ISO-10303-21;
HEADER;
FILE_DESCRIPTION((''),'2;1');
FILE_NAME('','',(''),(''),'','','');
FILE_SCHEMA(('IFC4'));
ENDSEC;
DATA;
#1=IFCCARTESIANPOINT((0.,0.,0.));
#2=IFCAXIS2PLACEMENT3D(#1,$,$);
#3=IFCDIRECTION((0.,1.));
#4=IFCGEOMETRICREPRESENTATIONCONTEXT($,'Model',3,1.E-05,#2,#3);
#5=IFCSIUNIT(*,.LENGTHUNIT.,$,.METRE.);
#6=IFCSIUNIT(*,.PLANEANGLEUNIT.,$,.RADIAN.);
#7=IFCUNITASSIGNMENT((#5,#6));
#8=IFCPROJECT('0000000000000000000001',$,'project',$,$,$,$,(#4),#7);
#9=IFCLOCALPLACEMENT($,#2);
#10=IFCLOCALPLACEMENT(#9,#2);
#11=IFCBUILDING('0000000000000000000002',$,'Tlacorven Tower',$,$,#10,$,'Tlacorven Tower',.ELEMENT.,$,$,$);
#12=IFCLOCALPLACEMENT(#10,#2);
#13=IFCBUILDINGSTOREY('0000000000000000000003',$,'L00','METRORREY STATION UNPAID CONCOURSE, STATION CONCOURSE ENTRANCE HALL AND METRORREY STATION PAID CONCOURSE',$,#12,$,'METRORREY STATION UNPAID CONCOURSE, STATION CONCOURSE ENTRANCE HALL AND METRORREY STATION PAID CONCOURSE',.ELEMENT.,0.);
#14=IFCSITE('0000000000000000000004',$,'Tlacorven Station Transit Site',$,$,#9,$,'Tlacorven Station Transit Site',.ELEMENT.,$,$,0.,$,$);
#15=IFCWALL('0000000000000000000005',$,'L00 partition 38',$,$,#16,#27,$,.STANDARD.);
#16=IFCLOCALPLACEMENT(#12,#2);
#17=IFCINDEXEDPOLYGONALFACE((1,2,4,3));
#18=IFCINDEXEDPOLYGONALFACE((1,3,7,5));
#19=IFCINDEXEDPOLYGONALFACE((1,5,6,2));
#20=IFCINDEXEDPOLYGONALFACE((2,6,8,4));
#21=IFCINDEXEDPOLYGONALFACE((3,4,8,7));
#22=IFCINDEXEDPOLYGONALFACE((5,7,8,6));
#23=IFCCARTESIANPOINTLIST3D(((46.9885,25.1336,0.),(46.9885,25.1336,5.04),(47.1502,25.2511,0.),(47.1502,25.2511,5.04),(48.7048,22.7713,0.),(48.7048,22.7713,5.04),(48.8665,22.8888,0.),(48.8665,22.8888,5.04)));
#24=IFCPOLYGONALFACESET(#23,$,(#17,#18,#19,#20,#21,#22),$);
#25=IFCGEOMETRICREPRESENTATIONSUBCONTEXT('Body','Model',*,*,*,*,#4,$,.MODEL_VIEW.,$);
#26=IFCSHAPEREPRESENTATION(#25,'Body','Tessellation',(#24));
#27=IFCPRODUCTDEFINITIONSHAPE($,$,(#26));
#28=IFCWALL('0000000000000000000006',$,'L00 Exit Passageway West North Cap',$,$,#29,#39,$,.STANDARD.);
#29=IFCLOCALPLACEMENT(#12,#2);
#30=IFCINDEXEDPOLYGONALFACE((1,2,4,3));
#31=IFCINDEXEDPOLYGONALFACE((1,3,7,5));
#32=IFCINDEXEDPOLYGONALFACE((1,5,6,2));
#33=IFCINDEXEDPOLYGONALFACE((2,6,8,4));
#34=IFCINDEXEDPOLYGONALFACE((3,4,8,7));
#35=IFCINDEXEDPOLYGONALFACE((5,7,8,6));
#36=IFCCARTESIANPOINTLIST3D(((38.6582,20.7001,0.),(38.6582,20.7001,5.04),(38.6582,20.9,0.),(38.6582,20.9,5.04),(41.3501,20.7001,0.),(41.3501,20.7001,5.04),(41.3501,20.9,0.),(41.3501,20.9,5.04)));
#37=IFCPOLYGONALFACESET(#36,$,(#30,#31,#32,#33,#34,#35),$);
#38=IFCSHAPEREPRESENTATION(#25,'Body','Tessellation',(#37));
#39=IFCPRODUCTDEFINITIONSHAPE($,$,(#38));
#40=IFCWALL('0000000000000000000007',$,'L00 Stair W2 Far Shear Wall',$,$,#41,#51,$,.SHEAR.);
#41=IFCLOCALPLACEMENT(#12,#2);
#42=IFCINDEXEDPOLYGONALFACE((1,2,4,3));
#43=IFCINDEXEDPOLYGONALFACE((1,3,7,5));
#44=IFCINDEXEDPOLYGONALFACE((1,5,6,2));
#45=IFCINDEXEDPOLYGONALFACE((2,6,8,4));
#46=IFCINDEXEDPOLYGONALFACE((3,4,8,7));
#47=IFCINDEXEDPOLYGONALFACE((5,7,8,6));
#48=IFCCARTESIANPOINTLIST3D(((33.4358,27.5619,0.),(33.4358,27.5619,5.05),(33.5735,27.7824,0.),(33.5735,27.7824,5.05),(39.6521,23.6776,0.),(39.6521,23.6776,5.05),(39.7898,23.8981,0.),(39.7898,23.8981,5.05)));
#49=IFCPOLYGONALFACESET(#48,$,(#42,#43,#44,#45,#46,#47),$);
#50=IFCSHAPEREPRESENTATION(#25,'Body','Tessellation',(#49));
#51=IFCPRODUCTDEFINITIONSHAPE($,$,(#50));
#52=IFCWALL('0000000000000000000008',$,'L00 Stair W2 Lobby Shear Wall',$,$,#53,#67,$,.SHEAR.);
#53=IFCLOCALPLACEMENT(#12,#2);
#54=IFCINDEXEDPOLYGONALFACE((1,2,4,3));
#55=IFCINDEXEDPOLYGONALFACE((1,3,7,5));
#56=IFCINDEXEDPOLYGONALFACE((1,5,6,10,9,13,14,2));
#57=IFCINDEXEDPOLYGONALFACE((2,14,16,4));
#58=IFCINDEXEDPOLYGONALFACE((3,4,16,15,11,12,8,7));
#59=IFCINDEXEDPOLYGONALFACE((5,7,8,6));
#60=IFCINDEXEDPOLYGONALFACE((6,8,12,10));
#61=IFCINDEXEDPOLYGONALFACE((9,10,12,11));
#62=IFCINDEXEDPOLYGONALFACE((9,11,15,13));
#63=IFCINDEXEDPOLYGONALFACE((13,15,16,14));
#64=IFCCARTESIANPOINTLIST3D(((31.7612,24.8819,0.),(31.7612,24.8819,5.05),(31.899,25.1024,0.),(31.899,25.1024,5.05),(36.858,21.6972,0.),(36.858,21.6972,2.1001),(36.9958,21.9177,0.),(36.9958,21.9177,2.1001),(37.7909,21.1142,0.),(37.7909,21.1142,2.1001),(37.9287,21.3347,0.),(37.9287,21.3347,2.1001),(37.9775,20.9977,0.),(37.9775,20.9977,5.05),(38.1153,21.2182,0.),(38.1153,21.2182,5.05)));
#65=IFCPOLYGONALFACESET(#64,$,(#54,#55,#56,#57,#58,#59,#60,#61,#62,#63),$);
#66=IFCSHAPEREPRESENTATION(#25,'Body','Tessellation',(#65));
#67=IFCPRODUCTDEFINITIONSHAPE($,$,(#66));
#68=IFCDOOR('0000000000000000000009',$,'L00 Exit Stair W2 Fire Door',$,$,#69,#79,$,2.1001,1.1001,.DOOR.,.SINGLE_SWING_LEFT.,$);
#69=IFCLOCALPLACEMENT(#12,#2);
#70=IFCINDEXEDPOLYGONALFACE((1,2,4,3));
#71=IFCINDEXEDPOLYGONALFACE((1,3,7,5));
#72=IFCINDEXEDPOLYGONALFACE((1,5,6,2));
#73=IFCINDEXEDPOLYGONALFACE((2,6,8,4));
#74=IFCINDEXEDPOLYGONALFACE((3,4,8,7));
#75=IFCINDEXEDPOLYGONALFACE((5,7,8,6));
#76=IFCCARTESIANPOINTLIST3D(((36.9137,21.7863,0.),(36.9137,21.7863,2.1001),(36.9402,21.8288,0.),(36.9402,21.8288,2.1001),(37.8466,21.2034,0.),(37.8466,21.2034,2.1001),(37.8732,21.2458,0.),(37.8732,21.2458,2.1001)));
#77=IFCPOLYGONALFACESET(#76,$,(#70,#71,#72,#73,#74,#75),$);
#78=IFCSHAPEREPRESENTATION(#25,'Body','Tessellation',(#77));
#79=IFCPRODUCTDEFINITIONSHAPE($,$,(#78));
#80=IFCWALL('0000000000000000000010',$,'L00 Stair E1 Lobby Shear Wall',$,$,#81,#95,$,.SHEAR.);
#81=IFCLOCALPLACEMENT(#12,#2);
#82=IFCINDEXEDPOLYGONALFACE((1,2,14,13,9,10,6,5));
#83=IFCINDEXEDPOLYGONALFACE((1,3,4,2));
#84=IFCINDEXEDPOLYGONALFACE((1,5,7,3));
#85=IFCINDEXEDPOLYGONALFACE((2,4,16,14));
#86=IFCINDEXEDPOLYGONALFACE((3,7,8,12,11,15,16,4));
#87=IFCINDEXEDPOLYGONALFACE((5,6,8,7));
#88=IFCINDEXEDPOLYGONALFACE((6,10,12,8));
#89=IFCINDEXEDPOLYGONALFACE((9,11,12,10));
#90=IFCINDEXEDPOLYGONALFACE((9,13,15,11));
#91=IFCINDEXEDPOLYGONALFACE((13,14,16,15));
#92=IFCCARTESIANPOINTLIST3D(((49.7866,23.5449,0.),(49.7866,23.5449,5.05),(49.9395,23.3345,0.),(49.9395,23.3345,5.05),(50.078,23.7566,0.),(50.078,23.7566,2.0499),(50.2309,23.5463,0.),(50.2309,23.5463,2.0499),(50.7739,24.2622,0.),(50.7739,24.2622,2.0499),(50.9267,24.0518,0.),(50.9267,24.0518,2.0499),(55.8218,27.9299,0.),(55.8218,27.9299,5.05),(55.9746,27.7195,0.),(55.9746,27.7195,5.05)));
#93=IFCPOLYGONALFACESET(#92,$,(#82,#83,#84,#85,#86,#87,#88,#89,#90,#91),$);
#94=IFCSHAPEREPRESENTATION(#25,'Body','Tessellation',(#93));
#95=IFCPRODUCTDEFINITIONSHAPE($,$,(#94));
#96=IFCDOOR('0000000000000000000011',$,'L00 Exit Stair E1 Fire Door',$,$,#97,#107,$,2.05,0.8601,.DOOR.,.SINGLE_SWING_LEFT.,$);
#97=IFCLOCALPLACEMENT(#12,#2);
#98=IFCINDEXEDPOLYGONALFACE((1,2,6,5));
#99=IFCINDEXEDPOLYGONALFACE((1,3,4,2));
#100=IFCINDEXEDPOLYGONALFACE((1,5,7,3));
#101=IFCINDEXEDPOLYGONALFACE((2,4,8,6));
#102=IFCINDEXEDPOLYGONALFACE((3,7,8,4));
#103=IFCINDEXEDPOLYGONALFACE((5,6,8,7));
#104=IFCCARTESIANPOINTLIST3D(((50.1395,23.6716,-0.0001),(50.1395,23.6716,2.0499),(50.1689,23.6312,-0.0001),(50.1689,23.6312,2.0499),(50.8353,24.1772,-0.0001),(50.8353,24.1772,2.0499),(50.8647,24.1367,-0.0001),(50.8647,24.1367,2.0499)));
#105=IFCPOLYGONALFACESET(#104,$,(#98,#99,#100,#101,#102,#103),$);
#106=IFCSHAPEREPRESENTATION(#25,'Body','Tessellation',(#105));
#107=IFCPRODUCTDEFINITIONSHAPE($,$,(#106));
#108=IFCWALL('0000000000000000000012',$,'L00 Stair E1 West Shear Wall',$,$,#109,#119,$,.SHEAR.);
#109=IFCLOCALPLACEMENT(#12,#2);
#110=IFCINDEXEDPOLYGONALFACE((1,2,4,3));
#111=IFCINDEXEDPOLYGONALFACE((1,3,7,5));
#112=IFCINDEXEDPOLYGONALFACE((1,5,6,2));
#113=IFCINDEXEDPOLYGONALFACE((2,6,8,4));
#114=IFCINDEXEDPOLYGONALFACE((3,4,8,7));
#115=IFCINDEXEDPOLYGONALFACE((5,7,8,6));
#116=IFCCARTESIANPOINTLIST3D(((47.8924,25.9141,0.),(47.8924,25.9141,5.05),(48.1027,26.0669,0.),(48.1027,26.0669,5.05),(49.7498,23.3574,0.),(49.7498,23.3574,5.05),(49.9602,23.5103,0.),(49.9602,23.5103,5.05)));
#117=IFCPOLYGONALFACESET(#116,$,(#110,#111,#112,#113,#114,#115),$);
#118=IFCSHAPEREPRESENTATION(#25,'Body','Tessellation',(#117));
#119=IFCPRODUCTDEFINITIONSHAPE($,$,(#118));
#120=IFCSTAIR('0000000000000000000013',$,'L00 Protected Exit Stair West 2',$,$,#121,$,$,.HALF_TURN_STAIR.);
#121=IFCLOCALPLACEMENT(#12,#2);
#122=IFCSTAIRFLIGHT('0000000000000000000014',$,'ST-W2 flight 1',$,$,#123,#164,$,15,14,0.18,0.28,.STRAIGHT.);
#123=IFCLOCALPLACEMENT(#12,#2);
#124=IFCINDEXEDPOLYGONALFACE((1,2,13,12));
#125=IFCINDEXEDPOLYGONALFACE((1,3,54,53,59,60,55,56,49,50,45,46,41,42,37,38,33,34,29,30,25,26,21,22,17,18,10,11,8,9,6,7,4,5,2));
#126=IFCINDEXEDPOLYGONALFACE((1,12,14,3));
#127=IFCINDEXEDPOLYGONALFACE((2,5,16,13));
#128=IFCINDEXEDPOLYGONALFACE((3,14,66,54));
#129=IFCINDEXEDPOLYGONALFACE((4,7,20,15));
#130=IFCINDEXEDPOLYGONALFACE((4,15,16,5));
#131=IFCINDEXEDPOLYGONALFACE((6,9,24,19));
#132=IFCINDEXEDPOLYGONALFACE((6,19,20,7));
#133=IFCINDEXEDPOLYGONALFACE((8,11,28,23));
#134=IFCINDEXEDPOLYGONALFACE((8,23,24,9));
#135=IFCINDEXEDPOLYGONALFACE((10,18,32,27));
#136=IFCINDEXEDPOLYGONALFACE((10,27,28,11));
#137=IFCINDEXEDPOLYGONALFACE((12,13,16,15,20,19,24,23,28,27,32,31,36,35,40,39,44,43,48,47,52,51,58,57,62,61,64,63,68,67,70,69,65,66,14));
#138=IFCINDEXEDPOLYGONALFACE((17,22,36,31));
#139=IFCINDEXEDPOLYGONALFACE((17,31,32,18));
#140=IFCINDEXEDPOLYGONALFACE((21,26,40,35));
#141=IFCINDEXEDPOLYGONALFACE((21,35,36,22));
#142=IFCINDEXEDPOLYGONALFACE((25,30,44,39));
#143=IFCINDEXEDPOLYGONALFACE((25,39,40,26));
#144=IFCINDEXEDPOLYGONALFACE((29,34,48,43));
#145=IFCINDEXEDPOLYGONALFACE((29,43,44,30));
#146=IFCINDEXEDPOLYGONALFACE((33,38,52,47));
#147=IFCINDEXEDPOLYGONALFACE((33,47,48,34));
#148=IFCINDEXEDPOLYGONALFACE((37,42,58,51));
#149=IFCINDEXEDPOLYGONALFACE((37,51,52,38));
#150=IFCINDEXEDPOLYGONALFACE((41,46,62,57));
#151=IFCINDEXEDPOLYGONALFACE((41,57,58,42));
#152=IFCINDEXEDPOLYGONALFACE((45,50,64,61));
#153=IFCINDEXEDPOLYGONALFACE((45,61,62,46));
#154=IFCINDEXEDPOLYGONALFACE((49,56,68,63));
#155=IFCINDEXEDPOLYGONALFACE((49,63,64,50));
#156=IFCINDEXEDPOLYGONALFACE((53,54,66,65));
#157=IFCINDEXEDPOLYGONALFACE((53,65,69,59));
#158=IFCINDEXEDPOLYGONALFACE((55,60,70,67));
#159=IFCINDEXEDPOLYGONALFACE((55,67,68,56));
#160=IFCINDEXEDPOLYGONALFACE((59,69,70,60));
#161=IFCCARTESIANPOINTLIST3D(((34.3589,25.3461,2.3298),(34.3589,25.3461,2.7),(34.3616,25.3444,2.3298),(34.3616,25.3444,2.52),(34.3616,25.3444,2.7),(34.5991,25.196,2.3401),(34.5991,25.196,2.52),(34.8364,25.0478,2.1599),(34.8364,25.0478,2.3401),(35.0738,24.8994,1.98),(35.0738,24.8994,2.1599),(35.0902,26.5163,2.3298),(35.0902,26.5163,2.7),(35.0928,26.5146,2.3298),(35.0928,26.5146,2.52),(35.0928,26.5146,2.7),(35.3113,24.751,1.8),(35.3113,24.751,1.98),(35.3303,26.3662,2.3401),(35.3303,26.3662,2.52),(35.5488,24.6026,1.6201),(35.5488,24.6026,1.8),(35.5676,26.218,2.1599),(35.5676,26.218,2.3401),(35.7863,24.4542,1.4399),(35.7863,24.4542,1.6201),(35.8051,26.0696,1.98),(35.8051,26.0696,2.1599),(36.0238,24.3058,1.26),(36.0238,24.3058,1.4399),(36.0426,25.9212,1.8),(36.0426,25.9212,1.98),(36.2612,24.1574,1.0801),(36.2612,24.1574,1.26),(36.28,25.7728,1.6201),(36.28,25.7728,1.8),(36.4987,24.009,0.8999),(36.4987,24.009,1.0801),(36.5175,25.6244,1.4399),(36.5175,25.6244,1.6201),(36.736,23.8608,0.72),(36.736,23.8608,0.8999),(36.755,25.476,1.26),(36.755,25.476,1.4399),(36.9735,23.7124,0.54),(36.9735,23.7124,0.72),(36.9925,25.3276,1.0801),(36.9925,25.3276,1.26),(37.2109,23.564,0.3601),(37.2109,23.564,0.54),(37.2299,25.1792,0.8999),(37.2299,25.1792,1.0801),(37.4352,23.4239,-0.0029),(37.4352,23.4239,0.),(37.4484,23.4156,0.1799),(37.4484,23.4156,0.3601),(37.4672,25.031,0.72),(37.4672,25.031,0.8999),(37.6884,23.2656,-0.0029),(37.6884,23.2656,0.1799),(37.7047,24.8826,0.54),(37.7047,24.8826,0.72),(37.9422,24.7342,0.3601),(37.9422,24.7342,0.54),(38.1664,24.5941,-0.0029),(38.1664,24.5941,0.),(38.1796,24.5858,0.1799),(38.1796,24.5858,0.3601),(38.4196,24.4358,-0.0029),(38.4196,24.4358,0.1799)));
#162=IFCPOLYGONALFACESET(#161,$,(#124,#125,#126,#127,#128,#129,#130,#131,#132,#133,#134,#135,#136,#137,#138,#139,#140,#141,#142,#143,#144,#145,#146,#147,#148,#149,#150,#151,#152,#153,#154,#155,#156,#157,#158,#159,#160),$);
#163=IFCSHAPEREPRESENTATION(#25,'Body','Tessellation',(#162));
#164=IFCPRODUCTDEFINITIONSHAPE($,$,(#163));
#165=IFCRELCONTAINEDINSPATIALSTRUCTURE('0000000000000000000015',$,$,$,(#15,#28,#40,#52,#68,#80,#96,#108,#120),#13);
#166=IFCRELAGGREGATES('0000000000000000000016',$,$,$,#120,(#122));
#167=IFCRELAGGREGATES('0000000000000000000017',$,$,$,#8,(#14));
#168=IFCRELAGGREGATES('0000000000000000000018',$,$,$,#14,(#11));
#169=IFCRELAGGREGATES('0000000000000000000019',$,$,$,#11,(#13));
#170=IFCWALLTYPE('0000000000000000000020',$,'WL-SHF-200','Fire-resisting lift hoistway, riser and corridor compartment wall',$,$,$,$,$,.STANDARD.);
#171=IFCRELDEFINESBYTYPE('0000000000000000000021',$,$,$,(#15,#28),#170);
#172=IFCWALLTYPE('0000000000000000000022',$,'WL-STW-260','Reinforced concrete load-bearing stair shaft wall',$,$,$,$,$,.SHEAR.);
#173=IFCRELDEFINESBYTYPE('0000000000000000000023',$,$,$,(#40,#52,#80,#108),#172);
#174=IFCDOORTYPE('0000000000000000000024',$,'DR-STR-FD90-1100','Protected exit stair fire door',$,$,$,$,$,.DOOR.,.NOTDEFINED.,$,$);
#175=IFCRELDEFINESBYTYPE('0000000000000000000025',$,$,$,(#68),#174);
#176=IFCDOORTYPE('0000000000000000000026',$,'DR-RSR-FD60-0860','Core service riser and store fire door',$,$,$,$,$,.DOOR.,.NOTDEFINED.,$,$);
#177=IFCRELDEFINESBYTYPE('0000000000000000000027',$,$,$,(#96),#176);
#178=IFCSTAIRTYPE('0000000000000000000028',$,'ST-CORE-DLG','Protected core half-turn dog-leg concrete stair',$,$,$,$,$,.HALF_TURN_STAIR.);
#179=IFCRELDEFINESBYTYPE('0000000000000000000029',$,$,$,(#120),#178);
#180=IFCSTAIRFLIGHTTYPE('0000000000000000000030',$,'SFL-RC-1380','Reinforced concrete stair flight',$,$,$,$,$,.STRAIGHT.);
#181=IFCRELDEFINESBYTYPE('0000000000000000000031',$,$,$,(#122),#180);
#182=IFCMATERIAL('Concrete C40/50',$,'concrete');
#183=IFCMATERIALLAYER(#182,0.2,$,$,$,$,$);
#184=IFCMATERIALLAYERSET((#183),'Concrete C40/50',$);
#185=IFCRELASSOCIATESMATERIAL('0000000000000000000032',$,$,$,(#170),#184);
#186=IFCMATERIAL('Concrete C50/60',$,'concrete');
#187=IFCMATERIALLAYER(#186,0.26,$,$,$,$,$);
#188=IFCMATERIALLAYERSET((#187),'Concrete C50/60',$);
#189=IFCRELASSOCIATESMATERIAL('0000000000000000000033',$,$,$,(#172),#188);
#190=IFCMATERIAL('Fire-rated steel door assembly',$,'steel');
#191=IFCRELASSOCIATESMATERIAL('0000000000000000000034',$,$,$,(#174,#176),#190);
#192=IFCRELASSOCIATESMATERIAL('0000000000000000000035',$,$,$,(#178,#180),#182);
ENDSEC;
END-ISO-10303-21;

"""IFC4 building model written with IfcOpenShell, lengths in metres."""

from ifc_helpers import new_model, si_unit, direction, frame, frame_2d, origin, place, context, subcontext, project, spatial, polyline, rectangle, outline, extrude, source, transform, mapped, material, layer, layer_set, type_object, element, fill, aggregate, save


model = new_model("IFC4")

# Units and contexts
model_context = context("Model", 3, precision=1e-05, world=origin(), true_north=direction((0.0, 1.0)))
body_context = subcontext(model_context, "Body", "Model", "MODEL_VIEW")
ifc_project = project(units=[si_unit("LENGTHUNIT", "METRE"), si_unit("PLANEANGLEUNIT", "RADIAN")], contexts=[model_context])

# Site, building, storey
site_placement = place(None, origin())
site = spatial("IfcSite", under=ifc_project, at=site_placement, Name="Tlacorven Station Transit Site", LongName="Tlacorven Station Transit Site", CompositionType="ELEMENT", RefElevation=0.0)
building_placement = place(site_placement, origin())
building = spatial("IfcBuilding", under=site, at=building_placement, Name="Tlacorven Tower", LongName="Tlacorven Tower", CompositionType="ELEMENT")
storey_placement = place(building_placement, origin())
storey = spatial("IfcBuildingStorey", under=building, at=storey_placement, Name="L00", Description="METRORREY STATION UNPAID CONCOURSE, STATION CONCOURSE ENTRANCE HALL AND METRORREY STATION PAID CONCOURSE", LongName="METRORREY STATION UNPAID CONCOURSE, STATION CONCOURSE ENTRANCE HALL AND METRORREY STATION PAID CONCOURSE", CompositionType="ELEMENT", Elevation=0.0)

# Shared definitions
ifc_material_1 = material(Name="Concrete C40/50", Category="concrete")
ifc_layer_1 = layer(ifc_material_1, 0.2)
ifc_layer_set_1 = layer_set([ifc_layer_1], Name="Concrete C40/50")
wall_type_1 = type_object("IfcWallType", Name="WL-SHF-200", Description="Fire-resisting lift hoistway, riser and corridor compartment wall", PredefinedType="STANDARD", material=ifc_layer_set_1)
ifc_material_2 = material(Name="Fire-rated steel door assembly", Category="steel")

# Walls
wall_1_placement = place(storey_placement, frame((48.7856, 22.8301, 0.0), z_axis=(0.0, 0.0, 1.0), x_axis=(-0.587784, 0.809018, 0.0)))
element("IfcWall", 1, at=wall_1_placement, inside=storey, type_object=wall_type_1, Name="L00 partition 38", PredefinedType="STANDARD", context=body_context, shape_type="SweptSolid", body=[
    extrude(rectangle(XDim=2.9199, YDim=0.2, at=frame_2d((1.46, 0.0))), origin(), (0.0, 0.0, 1.0), 5.04),
])
wall_2_placement = place(storey_placement, frame((38.6582, 20.8, 0.0), z_axis=(0.0, 0.0, 1.0), x_axis=(1.0, 0.0, 0.0)))
element("IfcWall", 2, at=wall_2_placement, inside=storey, type_object=wall_type_1, Name="L00 Exit Passageway West North Cap", PredefinedType="STANDARD", context=body_context, shape_type="SweptSolid", body=[
    extrude(rectangle(XDim=2.6919, YDim=0.2, at=frame_2d((1.3459, 0.0))), origin(), (0.0, 0.0, 1.0), 5.04),
])

# Wall
ifc_material_3 = material(Name="Concrete C50/60", Category="concrete")
ifc_layer_2 = layer(ifc_material_3, 0.26)
ifc_layer_set_2 = layer_set([ifc_layer_2], Name="Concrete C50/60")
wall_type_2 = type_object("IfcWallType", Name="WL-STW-260", Description="Reinforced concrete load-bearing stair shaft wall", PredefinedType="SHEAR", material=ifc_layer_set_2)
wall_3_placement = place(storey_placement, frame((39.7209, 23.7878, 0.0), z_axis=(0.0, 0.0, 1.0), x_axis=(-0.848054, 0.529909, 0.0)))
element("IfcWall", 3, at=wall_3_placement, inside=storey, type_object=wall_type_2, Name="L00 Stair W2 Far Shear Wall", PredefinedType="SHEAR", context=body_context, shape_type="SweptSolid", body=[
    extrude(rectangle(XDim=7.3301, YDim=0.26, at=frame_2d((3.665, 0.0))), origin(), (0.0, 0.0, 1.0), 5.05),
])

# Walls, openings, doors
wall_4_placement = place(storey_placement, frame((38.0464, 21.1079, 0.0), z_axis=(0.0, 0.0, 1.0), x_axis=(-0.848054, 0.529909, 0.0)))
wall_4 = element("IfcWall", 4, at=wall_4_placement, inside=storey, type_object=wall_type_2, Name="L00 Stair W2 Lobby Shear Wall", PredefinedType="SHEAR", context=body_context, shape_type="SweptSolid", body=[
    extrude(rectangle(XDim=7.3301, YDim=0.26, at=frame_2d((3.665, 0.0))), origin(), (0.0, 0.0, 1.0), 5.05),
])
opening_1_placement = place(wall_4_placement, frame((0.22, 0.0, 0.0)))
opening_1 = element("IfcOpeningElement", 5, at=opening_1_placement, cuts=wall_4, PredefinedType="OPENING", context=body_context, shape_type="SweptSolid", body=[
    extrude(rectangle(XDim=1.1001, YDim=2.1001, at=frame_2d((0.55, 1.05))), frame((0.0, 0.1401, 0.0), z_axis=(0.0, -1.0, 0.0), x_axis=(1.0, 0.0, 0.0)), (0.0, 0.0, 1.0), 0.28),
])
door_type_1 = type_object("IfcDoorType", Name="DR-STR-FD90-1100", Description="Protected exit stair fire door", OperationType="NOTDEFINED", PredefinedType="DOOR", material=ifc_material_2)
shared_shape_1 = source(origin(), body_context, "Body", "SweptSolid", [
    extrude(rectangle(XDim=1.1001, YDim=2.1001, at=frame_2d((0.55, 1.05))), frame((0.0, 0.0249, 0.0), z_axis=(0.0, -1.0, 0.0), x_axis=(1.0, 0.0, 0.0)), (0.0, 0.0, 1.0), 0.05),
])
door_1_placement = place(opening_1_placement, origin())
door_1 = element("IfcDoor", 6, at=door_1_placement, inside=storey, type_object=door_type_1, Name="L00 Exit Stair W2 Fire Door", OperationType="SINGLE_SWING_LEFT", OverallHeight=2.1001, OverallWidth=1.1001, PredefinedType="DOOR", context=body_context, shape_type="MappedRepresentation", body=[
    mapped(shared_shape_1, transform((0.0, 0.0, 0.0), scale=1.0)),
])
fill(opening_1, door_1)
wall_5_placement = place(storey_placement, frame((49.863, 23.4397, 0.0), z_axis=(0.0, 0.0, 1.0), x_axis=(0.809003, 0.587804, 0.0)))
wall_5 = element("IfcWall", 7, at=wall_5_placement, inside=storey, type_object=wall_type_2, Name="L00 Stair E1 Lobby Shear Wall", PredefinedType="SHEAR", context=body_context, shape_type="SweptSolid", body=[
    extrude(rectangle(XDim=7.46, YDim=0.26, at=frame_2d((3.73, 0.0))), origin(), (0.0, 0.0, 1.0), 5.05),
])
opening_2_placement = place(wall_5_placement, frame((0.3601, 0.0, 0.0)))
opening_2 = element("IfcOpeningElement", 8, at=opening_2_placement, cuts=wall_5, PredefinedType="OPENING", context=body_context, shape_type="SweptSolid", body=[
    extrude(rectangle(XDim=0.8601, YDim=2.05, at=frame_2d((0.4302, 1.0249))), frame((0.0, 0.1401, 0.0), z_axis=(0.0, -1.0, 0.0), x_axis=(1.0, 0.0, 0.0)), (0.0, 0.0, 1.0), 0.28),
])
door_type_2 = type_object("IfcDoorType", Name="DR-RSR-FD60-0860", Description="Core service riser and store fire door", OperationType="NOTDEFINED", PredefinedType="DOOR", material=ifc_material_2)
shared_shape_2 = source(origin(), body_context, "Body", "SweptSolid", [
    extrude(rectangle(XDim=0.8601, YDim=2.05, at=frame_2d((0.4302, 1.0249))), frame((0.0, 0.0249, 0.0), z_axis=(0.0, -1.0, 0.0), x_axis=(1.0, 0.0, 0.0)), (0.0, 0.0, 1.0), 0.05),
])
door_2_placement = place(opening_2_placement, frame((0.8601, 0.0, 0.0), z_axis=(0.0, 0.0, 1.0), x_axis=(-1.0, 0.0, 0.0)))
door_2 = element("IfcDoor", 9, at=door_2_placement, inside=storey, type_object=door_type_2, Name="L00 Exit Stair E1 Fire Door", OperationType="SINGLE_SWING_LEFT", OverallHeight=2.05, OverallWidth=0.8601, PredefinedType="DOOR", context=body_context, shape_type="MappedRepresentation", body=[
    mapped(shared_shape_2, transform((0.0, 0.0, 0.0), scale=1.0)),
])
fill(opening_2, door_2)

# Wall
wall_6_placement = place(storey_placement, frame((49.855, 23.4338, 0.0), z_axis=(0.0, 0.0, 1.0), x_axis=(-0.587767, 0.80903, 0.0)))
element("IfcWall", 10, at=wall_6_placement, inside=storey, type_object=wall_type_2, Name="L00 Stair E1 West Shear Wall", PredefinedType="SHEAR", context=body_context, shape_type="SweptSolid", body=[
    extrude(rectangle(XDim=3.1602, YDim=0.26, at=frame_2d((1.5801, 0.0))), origin(), (0.0, 0.0, 1.0), 5.05),
])

# Stair, stair flight
stair_type = type_object("IfcStairType", Name="ST-CORE-DLG", Description="Protected core half-turn dog-leg concrete stair", PredefinedType="HALF_TURN_STAIR", material=ifc_material_1)
stair_placement = place(storey_placement, origin())
stair = element("IfcStair", 11, at=stair_placement, inside=storey, type_object=stair_type, Name="L00 Protected Exit Stair West 2", PredefinedType="HALF_TURN_STAIR")
stair_flight_type = type_object("IfcStairFlightType", Name="SFL-RC-1380", Description="Reinforced concrete stair flight", PredefinedType="STRAIGHT", material=ifc_material_1)
shared_shape_3 = source(origin(), body_context, "Body", "SweptSolid", [
    extrude(outline(polyline([(-0.0029, -0.0029), (-0.0029, 0.1799), (0.28, 0.1799), (0.28, 0.3601), (0.5601, 0.3601), (0.5601, 0.54), (0.8401, 0.54), (0.8401, 0.72), (1.1201, 0.72), (1.1201, 0.8999), (1.3999, 0.8999), (1.3999, 1.0801), (1.6799, 1.0801), (1.6799, 1.26), (1.96, 1.26), (1.96, 1.4399), (2.24, 1.4399), (2.24, 1.6201), (2.52, 1.6201), (2.52, 1.8), (2.8, 1.8), (2.8, 1.98), (3.0801, 1.98), (3.0801, 2.1599), (3.3601, 2.1599), (3.3601, 2.3401), (3.6399, 2.3401), (3.6399, 2.52), (3.9199, 2.52), (3.9199, 2.7), (3.9231, 2.7), (3.9231, 2.3298), (3.9199, 2.3298), (0.2957, 0.0), (0.2957, -0.0029), (-0.0029, -0.0029)])), frame((0.0, 0.6899, 0.0), z_axis=(0.0, -1.0, 0.0), x_axis=(1.0, 0.0, 0.0)), (0.0, 0.0, 1.0), 1.3799),
])
stair_flight_placement = place(storey_placement, frame((38.0515, 23.8523, 0.0), z_axis=(0.0, 0.0, 1.0), x_axis=(-0.848048, 0.529919, 0.0)))
stair_flight = element("IfcStairFlight", 12, at=stair_flight_placement, type_object=stair_flight_type, Name="ST-W2 flight 1", NumberOfRisers=15, NumberOfTreads=14, PredefinedType="STRAIGHT", RiserHeight=0.18, TreadLength=0.28, context=body_context, shape_type="MappedRepresentation", body=[
    mapped(shared_shape_3, transform((0.0, 0.0, 0.0), scale=1.0)),
])
aggregate(stair, [stair_flight])

save(model, "model.ifc")
